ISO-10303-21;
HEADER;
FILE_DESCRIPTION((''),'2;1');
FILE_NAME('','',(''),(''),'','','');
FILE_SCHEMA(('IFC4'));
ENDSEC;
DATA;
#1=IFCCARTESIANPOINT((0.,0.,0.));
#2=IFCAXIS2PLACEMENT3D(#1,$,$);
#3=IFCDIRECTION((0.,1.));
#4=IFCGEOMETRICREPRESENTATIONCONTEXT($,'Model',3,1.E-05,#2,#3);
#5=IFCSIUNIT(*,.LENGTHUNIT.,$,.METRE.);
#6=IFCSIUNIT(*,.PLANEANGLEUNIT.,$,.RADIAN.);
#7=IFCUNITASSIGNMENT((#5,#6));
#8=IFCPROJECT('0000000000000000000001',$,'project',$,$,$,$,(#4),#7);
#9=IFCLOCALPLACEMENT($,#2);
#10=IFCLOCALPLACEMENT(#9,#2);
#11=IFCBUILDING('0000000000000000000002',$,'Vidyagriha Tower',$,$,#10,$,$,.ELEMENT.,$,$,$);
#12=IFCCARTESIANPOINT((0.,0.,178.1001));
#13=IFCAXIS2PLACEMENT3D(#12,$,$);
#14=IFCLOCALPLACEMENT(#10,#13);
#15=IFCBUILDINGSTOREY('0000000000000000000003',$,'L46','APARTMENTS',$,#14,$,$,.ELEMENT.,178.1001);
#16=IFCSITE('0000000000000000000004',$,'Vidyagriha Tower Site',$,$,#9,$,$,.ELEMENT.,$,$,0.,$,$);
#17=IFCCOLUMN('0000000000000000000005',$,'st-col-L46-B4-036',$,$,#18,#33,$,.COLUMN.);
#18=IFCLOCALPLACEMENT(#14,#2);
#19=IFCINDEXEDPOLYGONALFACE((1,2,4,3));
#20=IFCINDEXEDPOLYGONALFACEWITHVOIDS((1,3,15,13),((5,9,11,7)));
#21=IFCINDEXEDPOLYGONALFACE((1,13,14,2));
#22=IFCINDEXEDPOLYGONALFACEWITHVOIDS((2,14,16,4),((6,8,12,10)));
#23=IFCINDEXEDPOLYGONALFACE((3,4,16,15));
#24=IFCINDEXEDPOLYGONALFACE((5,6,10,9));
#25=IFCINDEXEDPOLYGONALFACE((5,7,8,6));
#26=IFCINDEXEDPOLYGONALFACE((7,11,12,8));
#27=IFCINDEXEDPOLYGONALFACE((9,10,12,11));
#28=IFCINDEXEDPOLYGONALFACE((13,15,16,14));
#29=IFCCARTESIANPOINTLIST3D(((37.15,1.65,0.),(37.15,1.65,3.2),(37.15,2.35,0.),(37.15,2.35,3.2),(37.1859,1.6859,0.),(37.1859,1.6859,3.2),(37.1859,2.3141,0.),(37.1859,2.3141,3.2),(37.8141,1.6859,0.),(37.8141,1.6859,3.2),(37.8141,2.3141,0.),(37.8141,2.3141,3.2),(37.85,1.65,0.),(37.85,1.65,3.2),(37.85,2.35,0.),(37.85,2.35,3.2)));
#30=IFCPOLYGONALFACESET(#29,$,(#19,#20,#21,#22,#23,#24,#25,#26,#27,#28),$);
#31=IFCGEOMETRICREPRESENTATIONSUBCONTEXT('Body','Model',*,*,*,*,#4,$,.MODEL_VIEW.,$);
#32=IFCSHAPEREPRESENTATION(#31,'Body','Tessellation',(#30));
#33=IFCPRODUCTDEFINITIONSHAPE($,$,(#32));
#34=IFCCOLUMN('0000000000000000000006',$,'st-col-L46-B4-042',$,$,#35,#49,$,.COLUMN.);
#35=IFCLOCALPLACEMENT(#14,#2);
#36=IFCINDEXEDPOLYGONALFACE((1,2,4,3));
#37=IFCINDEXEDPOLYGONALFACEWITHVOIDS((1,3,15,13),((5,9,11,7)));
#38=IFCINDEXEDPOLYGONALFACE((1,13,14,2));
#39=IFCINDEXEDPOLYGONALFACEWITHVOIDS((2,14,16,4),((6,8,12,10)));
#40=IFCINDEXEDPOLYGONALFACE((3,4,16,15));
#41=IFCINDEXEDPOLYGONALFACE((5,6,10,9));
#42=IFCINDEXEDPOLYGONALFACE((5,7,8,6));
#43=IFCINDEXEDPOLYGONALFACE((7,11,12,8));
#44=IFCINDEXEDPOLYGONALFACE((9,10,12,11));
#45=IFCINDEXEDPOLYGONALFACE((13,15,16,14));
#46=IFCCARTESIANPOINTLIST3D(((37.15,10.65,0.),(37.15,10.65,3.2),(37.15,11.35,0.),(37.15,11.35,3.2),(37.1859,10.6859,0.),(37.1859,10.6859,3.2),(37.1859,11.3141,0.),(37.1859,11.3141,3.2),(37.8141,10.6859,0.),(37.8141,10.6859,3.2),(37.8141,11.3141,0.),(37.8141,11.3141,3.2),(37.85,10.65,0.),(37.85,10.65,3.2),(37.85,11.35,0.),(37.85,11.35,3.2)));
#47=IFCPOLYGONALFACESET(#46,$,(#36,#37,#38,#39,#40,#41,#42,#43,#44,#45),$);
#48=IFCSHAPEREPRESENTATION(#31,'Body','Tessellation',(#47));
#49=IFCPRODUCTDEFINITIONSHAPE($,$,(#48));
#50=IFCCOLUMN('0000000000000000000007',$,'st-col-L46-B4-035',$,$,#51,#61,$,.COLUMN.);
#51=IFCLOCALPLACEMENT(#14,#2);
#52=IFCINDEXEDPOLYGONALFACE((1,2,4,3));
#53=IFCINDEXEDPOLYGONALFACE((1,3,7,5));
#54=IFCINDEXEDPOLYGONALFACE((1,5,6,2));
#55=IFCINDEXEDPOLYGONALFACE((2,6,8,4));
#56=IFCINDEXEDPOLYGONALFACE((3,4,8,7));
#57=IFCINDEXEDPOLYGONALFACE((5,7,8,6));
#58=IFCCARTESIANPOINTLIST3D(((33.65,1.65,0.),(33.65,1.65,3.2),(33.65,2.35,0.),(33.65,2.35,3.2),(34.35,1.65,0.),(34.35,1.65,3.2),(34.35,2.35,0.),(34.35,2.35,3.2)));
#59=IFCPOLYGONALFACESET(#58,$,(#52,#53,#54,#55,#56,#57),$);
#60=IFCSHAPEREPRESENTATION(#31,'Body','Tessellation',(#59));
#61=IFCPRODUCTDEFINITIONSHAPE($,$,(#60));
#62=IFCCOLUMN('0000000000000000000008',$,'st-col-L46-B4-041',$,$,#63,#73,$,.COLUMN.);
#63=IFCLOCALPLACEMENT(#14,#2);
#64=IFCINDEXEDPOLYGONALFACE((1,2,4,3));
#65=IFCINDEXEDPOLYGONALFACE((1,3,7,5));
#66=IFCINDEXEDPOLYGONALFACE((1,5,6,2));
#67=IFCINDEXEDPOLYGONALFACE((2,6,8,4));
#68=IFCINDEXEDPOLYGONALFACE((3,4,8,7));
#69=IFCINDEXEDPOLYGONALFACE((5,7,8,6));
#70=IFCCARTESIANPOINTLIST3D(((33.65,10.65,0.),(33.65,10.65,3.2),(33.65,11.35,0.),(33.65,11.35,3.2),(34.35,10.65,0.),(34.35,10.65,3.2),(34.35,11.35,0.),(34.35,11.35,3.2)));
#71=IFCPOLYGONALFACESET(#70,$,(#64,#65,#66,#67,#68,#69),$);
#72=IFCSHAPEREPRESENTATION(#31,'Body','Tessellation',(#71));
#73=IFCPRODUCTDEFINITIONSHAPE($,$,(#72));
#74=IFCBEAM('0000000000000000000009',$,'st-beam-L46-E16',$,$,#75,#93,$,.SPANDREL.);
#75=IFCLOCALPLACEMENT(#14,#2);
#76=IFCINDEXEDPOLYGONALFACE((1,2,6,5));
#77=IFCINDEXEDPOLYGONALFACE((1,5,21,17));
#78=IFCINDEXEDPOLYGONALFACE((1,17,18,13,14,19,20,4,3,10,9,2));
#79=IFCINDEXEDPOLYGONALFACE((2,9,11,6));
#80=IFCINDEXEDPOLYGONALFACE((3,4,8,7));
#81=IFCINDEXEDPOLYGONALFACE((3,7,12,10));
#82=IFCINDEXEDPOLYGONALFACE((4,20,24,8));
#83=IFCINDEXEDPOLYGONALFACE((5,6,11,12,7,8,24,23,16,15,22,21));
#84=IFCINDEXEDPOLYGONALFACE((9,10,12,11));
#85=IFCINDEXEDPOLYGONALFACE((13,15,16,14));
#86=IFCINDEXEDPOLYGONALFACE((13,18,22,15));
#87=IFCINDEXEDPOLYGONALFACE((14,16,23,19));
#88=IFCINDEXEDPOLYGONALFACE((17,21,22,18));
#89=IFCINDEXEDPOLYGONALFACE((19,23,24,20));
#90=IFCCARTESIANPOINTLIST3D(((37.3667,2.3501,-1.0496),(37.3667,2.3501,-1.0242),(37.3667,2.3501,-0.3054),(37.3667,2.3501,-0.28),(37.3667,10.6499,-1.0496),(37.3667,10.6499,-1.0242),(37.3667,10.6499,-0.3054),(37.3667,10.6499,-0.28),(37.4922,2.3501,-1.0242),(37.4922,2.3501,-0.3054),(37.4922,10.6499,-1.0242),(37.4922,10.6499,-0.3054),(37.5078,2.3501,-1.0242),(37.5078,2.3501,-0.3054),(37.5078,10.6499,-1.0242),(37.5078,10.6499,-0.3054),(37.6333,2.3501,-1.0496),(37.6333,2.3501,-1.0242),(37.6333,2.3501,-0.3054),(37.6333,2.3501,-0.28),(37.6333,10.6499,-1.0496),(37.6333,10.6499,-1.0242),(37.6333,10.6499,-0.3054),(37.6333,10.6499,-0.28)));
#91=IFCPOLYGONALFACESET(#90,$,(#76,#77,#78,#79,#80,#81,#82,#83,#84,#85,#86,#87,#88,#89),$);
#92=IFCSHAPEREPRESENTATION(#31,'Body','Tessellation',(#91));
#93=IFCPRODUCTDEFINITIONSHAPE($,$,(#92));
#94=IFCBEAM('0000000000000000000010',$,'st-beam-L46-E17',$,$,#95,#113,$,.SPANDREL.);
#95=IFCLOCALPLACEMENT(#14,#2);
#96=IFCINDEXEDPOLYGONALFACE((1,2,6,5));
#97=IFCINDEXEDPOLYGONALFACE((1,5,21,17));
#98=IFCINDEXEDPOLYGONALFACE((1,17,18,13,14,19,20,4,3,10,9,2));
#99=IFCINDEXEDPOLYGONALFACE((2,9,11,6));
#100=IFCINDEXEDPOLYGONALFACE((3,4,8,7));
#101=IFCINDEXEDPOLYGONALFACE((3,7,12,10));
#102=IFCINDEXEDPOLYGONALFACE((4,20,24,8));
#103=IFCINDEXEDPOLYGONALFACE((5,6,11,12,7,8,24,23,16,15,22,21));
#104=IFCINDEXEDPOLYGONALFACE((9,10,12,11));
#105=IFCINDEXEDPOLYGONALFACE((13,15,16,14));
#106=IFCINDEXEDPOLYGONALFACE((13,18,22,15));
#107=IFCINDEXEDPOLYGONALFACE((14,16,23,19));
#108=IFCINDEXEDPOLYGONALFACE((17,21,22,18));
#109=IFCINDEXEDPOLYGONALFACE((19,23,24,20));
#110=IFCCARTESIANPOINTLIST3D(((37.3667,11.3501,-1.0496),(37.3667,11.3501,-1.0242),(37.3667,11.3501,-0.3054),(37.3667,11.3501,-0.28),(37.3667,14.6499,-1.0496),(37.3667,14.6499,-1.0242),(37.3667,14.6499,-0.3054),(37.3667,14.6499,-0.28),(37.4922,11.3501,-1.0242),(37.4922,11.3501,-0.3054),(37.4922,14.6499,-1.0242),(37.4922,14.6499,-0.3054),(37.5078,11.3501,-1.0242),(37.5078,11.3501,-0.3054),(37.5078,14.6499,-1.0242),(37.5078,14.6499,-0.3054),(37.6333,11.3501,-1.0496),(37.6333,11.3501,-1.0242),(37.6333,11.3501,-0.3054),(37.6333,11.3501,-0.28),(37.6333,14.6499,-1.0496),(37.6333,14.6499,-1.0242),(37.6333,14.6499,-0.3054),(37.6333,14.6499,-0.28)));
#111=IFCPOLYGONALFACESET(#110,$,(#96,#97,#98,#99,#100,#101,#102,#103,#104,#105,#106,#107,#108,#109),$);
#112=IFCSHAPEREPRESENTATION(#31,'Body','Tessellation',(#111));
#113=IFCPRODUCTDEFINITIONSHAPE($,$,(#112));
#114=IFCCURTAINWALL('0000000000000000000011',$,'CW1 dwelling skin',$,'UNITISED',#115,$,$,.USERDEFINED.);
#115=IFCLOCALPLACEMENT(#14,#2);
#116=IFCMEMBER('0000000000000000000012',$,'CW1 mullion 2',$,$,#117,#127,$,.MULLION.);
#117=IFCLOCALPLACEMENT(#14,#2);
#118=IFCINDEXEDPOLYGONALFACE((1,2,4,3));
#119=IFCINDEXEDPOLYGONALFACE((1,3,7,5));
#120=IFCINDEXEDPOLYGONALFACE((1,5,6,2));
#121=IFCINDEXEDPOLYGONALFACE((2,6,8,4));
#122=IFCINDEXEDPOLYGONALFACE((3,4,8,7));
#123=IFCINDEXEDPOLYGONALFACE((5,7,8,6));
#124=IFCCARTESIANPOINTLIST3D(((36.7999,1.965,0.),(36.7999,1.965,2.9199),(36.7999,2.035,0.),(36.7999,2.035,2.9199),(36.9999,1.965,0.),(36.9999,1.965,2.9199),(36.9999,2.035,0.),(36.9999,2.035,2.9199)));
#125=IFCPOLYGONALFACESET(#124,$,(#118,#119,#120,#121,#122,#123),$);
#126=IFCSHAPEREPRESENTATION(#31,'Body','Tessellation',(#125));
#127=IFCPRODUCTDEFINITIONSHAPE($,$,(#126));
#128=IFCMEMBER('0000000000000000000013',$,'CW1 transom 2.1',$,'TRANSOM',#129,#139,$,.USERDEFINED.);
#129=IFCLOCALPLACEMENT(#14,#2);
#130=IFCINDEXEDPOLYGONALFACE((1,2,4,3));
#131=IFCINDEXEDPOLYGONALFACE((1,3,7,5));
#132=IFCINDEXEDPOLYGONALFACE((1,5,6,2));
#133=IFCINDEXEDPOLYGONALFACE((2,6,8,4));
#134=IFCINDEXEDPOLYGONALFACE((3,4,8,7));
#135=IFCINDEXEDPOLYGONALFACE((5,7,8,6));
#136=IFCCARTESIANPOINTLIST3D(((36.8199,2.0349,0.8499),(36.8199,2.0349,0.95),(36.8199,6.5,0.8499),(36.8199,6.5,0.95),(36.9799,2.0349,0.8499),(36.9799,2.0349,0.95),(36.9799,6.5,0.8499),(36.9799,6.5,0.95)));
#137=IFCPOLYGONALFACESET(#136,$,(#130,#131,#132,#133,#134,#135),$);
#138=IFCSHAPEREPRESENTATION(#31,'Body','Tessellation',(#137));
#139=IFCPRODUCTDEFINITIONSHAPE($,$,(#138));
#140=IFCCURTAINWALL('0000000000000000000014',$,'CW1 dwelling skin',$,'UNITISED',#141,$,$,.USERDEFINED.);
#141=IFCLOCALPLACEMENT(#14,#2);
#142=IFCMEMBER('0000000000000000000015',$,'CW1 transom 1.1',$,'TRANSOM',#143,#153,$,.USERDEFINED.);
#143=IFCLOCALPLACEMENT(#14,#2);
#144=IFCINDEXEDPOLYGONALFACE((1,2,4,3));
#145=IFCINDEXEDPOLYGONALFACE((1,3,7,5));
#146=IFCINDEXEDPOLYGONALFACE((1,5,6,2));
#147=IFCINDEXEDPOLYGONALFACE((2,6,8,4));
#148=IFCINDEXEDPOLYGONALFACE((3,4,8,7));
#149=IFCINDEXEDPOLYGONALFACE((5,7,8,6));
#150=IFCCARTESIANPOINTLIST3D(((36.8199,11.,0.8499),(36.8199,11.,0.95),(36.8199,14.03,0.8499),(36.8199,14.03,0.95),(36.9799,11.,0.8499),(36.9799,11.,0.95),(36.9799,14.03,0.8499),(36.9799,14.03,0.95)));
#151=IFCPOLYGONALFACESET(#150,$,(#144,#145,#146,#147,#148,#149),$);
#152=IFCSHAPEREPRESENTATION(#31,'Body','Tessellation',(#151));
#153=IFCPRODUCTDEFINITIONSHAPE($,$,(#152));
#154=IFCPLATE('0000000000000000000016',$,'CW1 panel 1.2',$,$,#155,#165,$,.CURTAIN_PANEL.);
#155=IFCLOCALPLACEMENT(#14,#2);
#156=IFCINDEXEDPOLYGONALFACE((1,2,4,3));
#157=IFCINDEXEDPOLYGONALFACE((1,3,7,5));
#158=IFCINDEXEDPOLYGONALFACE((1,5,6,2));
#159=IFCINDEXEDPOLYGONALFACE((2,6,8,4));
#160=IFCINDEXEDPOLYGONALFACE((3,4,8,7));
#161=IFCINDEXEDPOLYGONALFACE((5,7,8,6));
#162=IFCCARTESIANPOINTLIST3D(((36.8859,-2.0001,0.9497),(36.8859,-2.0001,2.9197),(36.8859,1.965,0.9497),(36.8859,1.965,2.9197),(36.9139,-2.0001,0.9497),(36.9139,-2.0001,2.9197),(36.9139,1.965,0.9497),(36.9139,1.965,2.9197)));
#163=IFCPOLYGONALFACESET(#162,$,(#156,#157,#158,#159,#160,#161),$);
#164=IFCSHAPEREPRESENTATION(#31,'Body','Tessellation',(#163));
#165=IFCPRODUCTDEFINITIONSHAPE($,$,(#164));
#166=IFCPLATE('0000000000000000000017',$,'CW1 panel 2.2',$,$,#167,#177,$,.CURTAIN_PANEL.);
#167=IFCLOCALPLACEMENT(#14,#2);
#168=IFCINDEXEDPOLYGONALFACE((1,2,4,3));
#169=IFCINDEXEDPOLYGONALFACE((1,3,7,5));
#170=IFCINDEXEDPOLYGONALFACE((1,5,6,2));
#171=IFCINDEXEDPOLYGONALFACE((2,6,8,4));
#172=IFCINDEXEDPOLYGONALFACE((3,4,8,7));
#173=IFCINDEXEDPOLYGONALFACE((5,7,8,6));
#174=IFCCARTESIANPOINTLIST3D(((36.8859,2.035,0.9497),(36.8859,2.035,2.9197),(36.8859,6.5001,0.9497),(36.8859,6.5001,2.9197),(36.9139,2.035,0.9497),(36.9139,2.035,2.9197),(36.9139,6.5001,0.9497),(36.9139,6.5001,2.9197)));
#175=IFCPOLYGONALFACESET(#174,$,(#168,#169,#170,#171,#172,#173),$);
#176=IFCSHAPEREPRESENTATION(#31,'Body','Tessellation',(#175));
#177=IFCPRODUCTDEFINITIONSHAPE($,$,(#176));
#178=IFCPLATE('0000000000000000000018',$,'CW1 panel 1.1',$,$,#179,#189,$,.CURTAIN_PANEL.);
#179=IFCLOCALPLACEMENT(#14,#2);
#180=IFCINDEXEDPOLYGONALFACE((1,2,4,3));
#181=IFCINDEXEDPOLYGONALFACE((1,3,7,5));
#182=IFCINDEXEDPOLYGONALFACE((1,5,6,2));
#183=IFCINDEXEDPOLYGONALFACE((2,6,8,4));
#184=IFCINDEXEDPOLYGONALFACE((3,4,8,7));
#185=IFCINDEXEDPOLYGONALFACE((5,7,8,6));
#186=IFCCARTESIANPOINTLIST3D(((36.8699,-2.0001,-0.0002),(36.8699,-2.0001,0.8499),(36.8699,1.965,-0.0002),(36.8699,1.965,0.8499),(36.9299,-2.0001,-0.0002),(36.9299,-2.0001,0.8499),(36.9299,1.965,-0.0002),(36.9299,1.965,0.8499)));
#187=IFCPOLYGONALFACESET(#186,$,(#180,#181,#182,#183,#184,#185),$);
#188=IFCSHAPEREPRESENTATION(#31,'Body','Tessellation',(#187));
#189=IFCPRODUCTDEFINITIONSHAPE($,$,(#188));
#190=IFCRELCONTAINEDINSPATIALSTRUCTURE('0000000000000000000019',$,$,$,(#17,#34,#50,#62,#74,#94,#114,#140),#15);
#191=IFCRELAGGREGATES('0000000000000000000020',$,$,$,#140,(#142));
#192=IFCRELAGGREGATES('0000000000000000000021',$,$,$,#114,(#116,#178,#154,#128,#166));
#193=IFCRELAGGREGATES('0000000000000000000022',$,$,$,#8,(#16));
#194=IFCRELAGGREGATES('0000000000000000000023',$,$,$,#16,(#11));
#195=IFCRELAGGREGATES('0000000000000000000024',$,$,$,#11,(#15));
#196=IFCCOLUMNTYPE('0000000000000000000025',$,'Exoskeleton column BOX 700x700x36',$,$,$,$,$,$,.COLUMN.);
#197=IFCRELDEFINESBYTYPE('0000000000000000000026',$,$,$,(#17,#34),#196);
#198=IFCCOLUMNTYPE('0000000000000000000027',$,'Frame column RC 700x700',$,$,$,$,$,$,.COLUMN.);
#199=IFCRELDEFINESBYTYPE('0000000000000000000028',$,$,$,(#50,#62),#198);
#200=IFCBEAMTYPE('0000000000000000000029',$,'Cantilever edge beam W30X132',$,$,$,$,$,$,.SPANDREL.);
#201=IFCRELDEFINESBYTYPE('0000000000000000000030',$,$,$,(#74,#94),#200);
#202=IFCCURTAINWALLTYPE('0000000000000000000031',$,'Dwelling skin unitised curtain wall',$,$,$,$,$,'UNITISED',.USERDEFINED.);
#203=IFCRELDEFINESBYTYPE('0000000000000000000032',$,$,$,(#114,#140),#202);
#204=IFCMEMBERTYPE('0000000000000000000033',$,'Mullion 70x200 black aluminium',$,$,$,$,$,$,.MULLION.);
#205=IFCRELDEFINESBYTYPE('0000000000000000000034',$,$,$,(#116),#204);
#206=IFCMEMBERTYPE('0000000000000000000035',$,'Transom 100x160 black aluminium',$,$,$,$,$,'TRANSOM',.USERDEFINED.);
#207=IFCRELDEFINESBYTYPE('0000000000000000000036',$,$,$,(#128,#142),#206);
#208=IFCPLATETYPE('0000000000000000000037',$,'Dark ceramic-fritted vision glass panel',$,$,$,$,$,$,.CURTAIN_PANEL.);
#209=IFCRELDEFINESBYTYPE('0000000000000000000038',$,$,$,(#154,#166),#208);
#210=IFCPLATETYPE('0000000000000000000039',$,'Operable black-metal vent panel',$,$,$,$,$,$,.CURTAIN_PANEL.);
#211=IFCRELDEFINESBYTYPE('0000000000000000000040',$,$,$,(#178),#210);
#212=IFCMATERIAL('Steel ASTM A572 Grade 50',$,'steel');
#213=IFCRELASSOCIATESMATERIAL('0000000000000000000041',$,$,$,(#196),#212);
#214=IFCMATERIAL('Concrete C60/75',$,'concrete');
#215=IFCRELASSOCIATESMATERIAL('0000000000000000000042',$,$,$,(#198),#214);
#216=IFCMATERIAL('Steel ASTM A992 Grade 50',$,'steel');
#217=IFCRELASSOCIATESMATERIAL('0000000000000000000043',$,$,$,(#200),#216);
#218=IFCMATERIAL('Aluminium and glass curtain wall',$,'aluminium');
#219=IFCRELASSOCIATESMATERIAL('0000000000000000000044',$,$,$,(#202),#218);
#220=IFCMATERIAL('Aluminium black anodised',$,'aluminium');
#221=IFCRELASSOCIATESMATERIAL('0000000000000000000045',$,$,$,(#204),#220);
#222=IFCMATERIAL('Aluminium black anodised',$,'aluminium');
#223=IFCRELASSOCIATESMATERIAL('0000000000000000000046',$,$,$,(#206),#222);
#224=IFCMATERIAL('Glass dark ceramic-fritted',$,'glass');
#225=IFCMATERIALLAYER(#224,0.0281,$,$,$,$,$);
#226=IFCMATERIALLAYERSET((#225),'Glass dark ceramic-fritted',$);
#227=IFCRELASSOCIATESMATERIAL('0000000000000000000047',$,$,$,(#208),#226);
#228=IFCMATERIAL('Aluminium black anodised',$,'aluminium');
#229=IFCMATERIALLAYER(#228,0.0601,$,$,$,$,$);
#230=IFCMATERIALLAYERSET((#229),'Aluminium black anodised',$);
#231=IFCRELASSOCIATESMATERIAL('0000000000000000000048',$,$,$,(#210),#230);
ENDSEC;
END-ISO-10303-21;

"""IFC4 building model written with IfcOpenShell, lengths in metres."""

from ifc_helpers import new_model, si_unit, direction, frame, origin, origin_2d, place, context, subcontext, project, spatial, rectangle, hollow_rectangle, i_section, extrude, material, layer, layer_set, material_profile, profile_set, type_object, element, aggregate, save


model = new_model("IFC4")

# Units and contexts
model_context = context("Model", 3, precision=1e-05, world=origin(), true_north=direction((0.0, 1.0)))
body_context = subcontext(model_context, "Body", "Model", "MODEL_VIEW")
ifc_project = project(units=[si_unit("LENGTHUNIT", "METRE"), si_unit("PLANEANGLEUNIT", "RADIAN")], contexts=[model_context])

# Site, building, storey
site_placement = place(None, origin())
site = spatial("IfcSite", under=ifc_project, at=site_placement, Name="Vidyagriha Tower Site", CompositionType="ELEMENT", RefElevation=0.0)
building_placement = place(site_placement, origin())
building = spatial("IfcBuilding", under=site, at=building_placement, Name="Vidyagriha Tower", CompositionType="ELEMENT")
storey_placement = place(building_placement, frame((0.0, 0.0, 178.1001)))
storey = spatial("IfcBuildingStorey", under=building, at=storey_placement, Name="L46", Description="APARTMENTS", CompositionType="ELEMENT", Elevation=178.1001)

# Columns
ifc_material_1 = material(Name="Steel ASTM A572 Grade 50", Category="steel")
ifc_material_profile_1 = material_profile(ifc_material_1, hollow_rectangle(XDim=0.7, YDim=0.7, WallThickness=0.0359, at=origin_2d()), Name="BOX 700x700x36")
ifc_profile_set_1 = profile_set([ifc_material_profile_1], Name="Steel ASTM A572 Grade 50")
column_type_1 = type_object("IfcColumnType", Name="Exoskeleton column BOX 700x700x36", PredefinedType="COLUMN", material=ifc_profile_set_1)
for number, where, name in (
    (1, (37.5, 2.0, 0.0), "st-col-L46-B4-036"),
    (2, (37.5, 11.0, 0.0), "st-col-L46-B4-042"),
):
    element("IfcColumn", number, at=place(storey_placement, frame(where)), inside=storey, type_object=column_type_1, Name=name, PredefinedType="COLUMN", context=body_context, shape_type="SweptSolid", body=[
        extrude(hollow_rectangle(XDim=0.7, YDim=0.7, WallThickness=0.0359, at=origin_2d()), origin(), (0.0, 0.0, 1.0), 3.2),
    ])
ifc_material_2 = material(Name="Concrete C60/75", Category="concrete")
ifc_material_profile_2 = material_profile(ifc_material_2, rectangle(XDim=0.7, YDim=0.7, at=origin_2d()), Name="RC 700x700")
ifc_profile_set_2 = profile_set([ifc_material_profile_2], Name="Concrete C60/75")
column_type_2 = type_object("IfcColumnType", Name="Frame column RC 700x700", PredefinedType="COLUMN", material=ifc_profile_set_2)
for number, where, name in (
    (3, (34.0, 2.0, 0.0), "st-col-L46-B4-035"),
    (4, (34.0, 11.0, 0.0), "st-col-L46-B4-041"),
):
    element("IfcColumn", number, at=place(storey_placement, frame(where)), inside=storey, type_object=column_type_2, Name=name, PredefinedType="COLUMN", context=body_context, shape_type="SweptSolid", body=[
        extrude(rectangle(XDim=0.7, YDim=0.7, at=origin_2d()), origin(), (0.0, 0.0, 1.0), 3.2),
    ])

# Beams
ifc_material_3 = material(Name="Steel ASTM A992 Grade 50", Category="steel")
ifc_material_profile_3 = material_profile(ifc_material_3, i_section(OverallWidth=0.2666, OverallDepth=0.7695, WebThickness=0.0156, FlangeThickness=0.0254, at=origin_2d()), Name="W30X132")
ifc_profile_set_3 = profile_set([ifc_material_profile_3], Name="Steel ASTM A992 Grade 50")
beam_type = type_object("IfcBeamType", Name="Cantilever edge beam W30X132", PredefinedType="SPANDREL", material=ifc_profile_set_3)
beam_1_placement = place(storey_placement, frame((37.5, 2.3501, -0.6648), z_axis=(0.0, 1.0, 0.0), x_axis=(-1.0, 0.0, 0.0)))
element("IfcBeam", 5, at=beam_1_placement, inside=storey, type_object=beam_type, Name="st-beam-L46-E16", PredefinedType="SPANDREL", context=body_context, shape_type="SweptSolid", body=[
    extrude(i_section(OverallWidth=0.2666, OverallDepth=0.7695, WebThickness=0.0156, FlangeThickness=0.0254, at=origin_2d()), origin(), (0.0, 0.0, 1.0), 8.2998),
])
beam_2_placement = place(storey_placement, frame((37.5, 11.3501, -0.6648), z_axis=(0.0, 1.0, 0.0), x_axis=(-1.0, 0.0, 0.0)))
element("IfcBeam", 6, at=beam_2_placement, inside=storey, type_object=beam_type, Name="st-beam-L46-E17", PredefinedType="SPANDREL", context=body_context, shape_type="SweptSolid", body=[
    extrude(i_section(OverallWidth=0.2666, OverallDepth=0.7695, WebThickness=0.0156, FlangeThickness=0.0254, at=origin_2d()), origin(), (0.0, 0.0, 1.0), 3.2998),
])

# Curtain wall, members
ifc_material_4 = material(Name="Aluminium and glass curtain wall", Category="aluminium")
curtain_wall_type = type_object("IfcCurtainWallType", Name="Dwelling skin unitised curtain wall", ElementType="UNITISED", PredefinedType="USERDEFINED", material=ifc_material_4)
curtain_wall_1_placement = place(storey_placement, origin())
curtain_wall_1 = element("IfcCurtainWall", 7, at=curtain_wall_1_placement, inside=storey, type_object=curtain_wall_type, Name="CW1 dwelling skin", ObjectType="UNITISED", PredefinedType="USERDEFINED")
ifc_material_5 = material(Name="Aluminium black anodised", Category="aluminium")
ifc_material_profile_4 = material_profile(ifc_material_5, rectangle(XDim=0.2, YDim=0.0701, at=origin_2d()), Name="Mullion 70x200 black aluminium")
ifc_profile_set_4 = profile_set([ifc_material_profile_4], Name="Aluminium black anodised")
member_type_1 = type_object("IfcMemberType", Name="Mullion 70x200 black aluminium", PredefinedType="MULLION", material=ifc_profile_set_4)
member_1_placement = place(storey_placement, frame((36.8999, 2.0, 0.0), z_axis=(0.0, 0.0, 1.0), x_axis=(-1.0, 0.0, 0.0)))
member_1 = element("IfcMember", 8, at=member_1_placement, type_object=member_type_1, Name="CW1 mullion 2", PredefinedType="MULLION", context=body_context, shape_type="SweptSolid", body=[
    extrude(rectangle(XDim=0.2, YDim=0.0701, at=origin_2d()), origin(), (0.0, 0.0, 1.0), 2.9199),
])
ifc_material_6 = material(Name="Aluminium black anodised", Category="aluminium")
ifc_material_profile_5 = material_profile(ifc_material_6, rectangle(XDim=0.1599, YDim=0.1001, at=origin_2d()), Name="Transom 100x160 black aluminium")
ifc_profile_set_5 = profile_set([ifc_material_profile_5], Name="Aluminium black anodised")
member_type_2 = type_object("IfcMemberType", Name="Transom 100x160 black aluminium", ElementType="TRANSOM", PredefinedType="USERDEFINED", material=ifc_profile_set_5)
member_2_placement = place(storey_placement, frame((36.8999, 2.0349, 0.8999), z_axis=(0.0, 1.0, 0.0), x_axis=(-1.0, 0.0, 0.0)))
member_2 = element("IfcMember", 9, at=member_2_placement, type_object=member_type_2, Name="CW1 transom 2.1", ObjectType="TRANSOM", PredefinedType="USERDEFINED", context=body_context, shape_type="SweptSolid", body=[
    extrude(rectangle(XDim=0.1599, YDim=0.1001, at=origin_2d()), origin(), (0.0, 0.0, 1.0), 4.4651),
])

# Curtain wall, member
curtain_wall_2_placement = place(storey_placement, origin())
curtain_wall_2 = element("IfcCurtainWall", 10, at=curtain_wall_2_placement, inside=storey, type_object=curtain_wall_type, Name="CW1 dwelling skin", ObjectType="UNITISED", PredefinedType="USERDEFINED")
member_3_placement = place(storey_placement, frame((36.8999, 11.0, 0.8999), z_axis=(0.0, 1.0, 0.0), x_axis=(-1.0, 0.0, 0.0)))
member_3 = element("IfcMember", 11, at=member_3_placement, type_object=member_type_2, Name="CW1 transom 1.1", ObjectType="TRANSOM", PredefinedType="USERDEFINED", context=body_context, shape_type="SweptSolid", body=[
    extrude(rectangle(XDim=0.1599, YDim=0.1001, at=origin_2d()), origin(), (0.0, 0.0, 1.0), 3.03),
])
aggregate(curtain_wall_2, [member_3])

# Plates
ifc_material_7 = material(Name="Glass dark ceramic-fritted", Category="glass")
ifc_layer_1 = layer(ifc_material_7, 0.0281)
ifc_layer_set_1 = layer_set([ifc_layer_1], Name="Glass dark ceramic-fritted")
plate_type_1 = type_object("IfcPlateType", Name="Dark ceramic-fritted vision glass panel", PredefinedType="CURTAIN_PANEL", material=ifc_layer_set_1)
plate_1_placement = place(storey_placement, frame((36.8999, -0.0176, 0.9497), z_axis=(0.0, 0.0, 1.0), x_axis=(0.0, 1.0, 0.0)))
plate_1 = element("IfcPlate", 12, at=plate_1_placement, type_object=plate_type_1, Name="CW1 panel 1.2", PredefinedType="CURTAIN_PANEL", context=body_context, shape_type="SweptSolid", body=[
    extrude(rectangle(XDim=3.9651, YDim=0.0281, at=origin_2d()), origin(), (0.0, 0.0, 1.0), 1.97),
])
plate_2_placement = place(storey_placement, frame((36.8999, 4.2676, 0.9497), z_axis=(0.0, 0.0, 1.0), x_axis=(0.0, 1.0, 0.0)))
plate_2 = element("IfcPlate", 13, at=plate_2_placement, type_object=plate_type_1, Name="CW1 panel 2.2", PredefinedType="CURTAIN_PANEL", context=body_context, shape_type="SweptSolid", body=[
    extrude(rectangle(XDim=4.4651, YDim=0.0281, at=origin_2d()), origin(), (0.0, 0.0, 1.0), 1.97),
])
ifc_material_8 = material(Name="Aluminium black anodised", Category="aluminium")
ifc_layer_2 = layer(ifc_material_8, 0.0601)
ifc_layer_set_2 = layer_set([ifc_layer_2], Name="Aluminium black anodised")
plate_type_2 = type_object("IfcPlateType", Name="Operable black-metal vent panel", PredefinedType="CURTAIN_PANEL", material=ifc_layer_set_2)
plate_3_placement = place(storey_placement, frame((36.8999, -0.0176, -0.0002), z_axis=(0.0, 0.0, 1.0), x_axis=(0.0, 1.0, 0.0)))
plate_3 = element("IfcPlate", 14, at=plate_3_placement, type_object=plate_type_2, Name="CW1 panel 1.1", PredefinedType="CURTAIN_PANEL", context=body_context, shape_type="SweptSolid", body=[
    extrude(rectangle(XDim=3.9651, YDim=0.0601, at=origin_2d()), origin(), (0.0, 0.0, 1.0), 0.8501),
])
aggregate(curtain_wall_1, [member_1, plate_3, plate_1, member_2, plate_2])

save(model, "model.ifc")
